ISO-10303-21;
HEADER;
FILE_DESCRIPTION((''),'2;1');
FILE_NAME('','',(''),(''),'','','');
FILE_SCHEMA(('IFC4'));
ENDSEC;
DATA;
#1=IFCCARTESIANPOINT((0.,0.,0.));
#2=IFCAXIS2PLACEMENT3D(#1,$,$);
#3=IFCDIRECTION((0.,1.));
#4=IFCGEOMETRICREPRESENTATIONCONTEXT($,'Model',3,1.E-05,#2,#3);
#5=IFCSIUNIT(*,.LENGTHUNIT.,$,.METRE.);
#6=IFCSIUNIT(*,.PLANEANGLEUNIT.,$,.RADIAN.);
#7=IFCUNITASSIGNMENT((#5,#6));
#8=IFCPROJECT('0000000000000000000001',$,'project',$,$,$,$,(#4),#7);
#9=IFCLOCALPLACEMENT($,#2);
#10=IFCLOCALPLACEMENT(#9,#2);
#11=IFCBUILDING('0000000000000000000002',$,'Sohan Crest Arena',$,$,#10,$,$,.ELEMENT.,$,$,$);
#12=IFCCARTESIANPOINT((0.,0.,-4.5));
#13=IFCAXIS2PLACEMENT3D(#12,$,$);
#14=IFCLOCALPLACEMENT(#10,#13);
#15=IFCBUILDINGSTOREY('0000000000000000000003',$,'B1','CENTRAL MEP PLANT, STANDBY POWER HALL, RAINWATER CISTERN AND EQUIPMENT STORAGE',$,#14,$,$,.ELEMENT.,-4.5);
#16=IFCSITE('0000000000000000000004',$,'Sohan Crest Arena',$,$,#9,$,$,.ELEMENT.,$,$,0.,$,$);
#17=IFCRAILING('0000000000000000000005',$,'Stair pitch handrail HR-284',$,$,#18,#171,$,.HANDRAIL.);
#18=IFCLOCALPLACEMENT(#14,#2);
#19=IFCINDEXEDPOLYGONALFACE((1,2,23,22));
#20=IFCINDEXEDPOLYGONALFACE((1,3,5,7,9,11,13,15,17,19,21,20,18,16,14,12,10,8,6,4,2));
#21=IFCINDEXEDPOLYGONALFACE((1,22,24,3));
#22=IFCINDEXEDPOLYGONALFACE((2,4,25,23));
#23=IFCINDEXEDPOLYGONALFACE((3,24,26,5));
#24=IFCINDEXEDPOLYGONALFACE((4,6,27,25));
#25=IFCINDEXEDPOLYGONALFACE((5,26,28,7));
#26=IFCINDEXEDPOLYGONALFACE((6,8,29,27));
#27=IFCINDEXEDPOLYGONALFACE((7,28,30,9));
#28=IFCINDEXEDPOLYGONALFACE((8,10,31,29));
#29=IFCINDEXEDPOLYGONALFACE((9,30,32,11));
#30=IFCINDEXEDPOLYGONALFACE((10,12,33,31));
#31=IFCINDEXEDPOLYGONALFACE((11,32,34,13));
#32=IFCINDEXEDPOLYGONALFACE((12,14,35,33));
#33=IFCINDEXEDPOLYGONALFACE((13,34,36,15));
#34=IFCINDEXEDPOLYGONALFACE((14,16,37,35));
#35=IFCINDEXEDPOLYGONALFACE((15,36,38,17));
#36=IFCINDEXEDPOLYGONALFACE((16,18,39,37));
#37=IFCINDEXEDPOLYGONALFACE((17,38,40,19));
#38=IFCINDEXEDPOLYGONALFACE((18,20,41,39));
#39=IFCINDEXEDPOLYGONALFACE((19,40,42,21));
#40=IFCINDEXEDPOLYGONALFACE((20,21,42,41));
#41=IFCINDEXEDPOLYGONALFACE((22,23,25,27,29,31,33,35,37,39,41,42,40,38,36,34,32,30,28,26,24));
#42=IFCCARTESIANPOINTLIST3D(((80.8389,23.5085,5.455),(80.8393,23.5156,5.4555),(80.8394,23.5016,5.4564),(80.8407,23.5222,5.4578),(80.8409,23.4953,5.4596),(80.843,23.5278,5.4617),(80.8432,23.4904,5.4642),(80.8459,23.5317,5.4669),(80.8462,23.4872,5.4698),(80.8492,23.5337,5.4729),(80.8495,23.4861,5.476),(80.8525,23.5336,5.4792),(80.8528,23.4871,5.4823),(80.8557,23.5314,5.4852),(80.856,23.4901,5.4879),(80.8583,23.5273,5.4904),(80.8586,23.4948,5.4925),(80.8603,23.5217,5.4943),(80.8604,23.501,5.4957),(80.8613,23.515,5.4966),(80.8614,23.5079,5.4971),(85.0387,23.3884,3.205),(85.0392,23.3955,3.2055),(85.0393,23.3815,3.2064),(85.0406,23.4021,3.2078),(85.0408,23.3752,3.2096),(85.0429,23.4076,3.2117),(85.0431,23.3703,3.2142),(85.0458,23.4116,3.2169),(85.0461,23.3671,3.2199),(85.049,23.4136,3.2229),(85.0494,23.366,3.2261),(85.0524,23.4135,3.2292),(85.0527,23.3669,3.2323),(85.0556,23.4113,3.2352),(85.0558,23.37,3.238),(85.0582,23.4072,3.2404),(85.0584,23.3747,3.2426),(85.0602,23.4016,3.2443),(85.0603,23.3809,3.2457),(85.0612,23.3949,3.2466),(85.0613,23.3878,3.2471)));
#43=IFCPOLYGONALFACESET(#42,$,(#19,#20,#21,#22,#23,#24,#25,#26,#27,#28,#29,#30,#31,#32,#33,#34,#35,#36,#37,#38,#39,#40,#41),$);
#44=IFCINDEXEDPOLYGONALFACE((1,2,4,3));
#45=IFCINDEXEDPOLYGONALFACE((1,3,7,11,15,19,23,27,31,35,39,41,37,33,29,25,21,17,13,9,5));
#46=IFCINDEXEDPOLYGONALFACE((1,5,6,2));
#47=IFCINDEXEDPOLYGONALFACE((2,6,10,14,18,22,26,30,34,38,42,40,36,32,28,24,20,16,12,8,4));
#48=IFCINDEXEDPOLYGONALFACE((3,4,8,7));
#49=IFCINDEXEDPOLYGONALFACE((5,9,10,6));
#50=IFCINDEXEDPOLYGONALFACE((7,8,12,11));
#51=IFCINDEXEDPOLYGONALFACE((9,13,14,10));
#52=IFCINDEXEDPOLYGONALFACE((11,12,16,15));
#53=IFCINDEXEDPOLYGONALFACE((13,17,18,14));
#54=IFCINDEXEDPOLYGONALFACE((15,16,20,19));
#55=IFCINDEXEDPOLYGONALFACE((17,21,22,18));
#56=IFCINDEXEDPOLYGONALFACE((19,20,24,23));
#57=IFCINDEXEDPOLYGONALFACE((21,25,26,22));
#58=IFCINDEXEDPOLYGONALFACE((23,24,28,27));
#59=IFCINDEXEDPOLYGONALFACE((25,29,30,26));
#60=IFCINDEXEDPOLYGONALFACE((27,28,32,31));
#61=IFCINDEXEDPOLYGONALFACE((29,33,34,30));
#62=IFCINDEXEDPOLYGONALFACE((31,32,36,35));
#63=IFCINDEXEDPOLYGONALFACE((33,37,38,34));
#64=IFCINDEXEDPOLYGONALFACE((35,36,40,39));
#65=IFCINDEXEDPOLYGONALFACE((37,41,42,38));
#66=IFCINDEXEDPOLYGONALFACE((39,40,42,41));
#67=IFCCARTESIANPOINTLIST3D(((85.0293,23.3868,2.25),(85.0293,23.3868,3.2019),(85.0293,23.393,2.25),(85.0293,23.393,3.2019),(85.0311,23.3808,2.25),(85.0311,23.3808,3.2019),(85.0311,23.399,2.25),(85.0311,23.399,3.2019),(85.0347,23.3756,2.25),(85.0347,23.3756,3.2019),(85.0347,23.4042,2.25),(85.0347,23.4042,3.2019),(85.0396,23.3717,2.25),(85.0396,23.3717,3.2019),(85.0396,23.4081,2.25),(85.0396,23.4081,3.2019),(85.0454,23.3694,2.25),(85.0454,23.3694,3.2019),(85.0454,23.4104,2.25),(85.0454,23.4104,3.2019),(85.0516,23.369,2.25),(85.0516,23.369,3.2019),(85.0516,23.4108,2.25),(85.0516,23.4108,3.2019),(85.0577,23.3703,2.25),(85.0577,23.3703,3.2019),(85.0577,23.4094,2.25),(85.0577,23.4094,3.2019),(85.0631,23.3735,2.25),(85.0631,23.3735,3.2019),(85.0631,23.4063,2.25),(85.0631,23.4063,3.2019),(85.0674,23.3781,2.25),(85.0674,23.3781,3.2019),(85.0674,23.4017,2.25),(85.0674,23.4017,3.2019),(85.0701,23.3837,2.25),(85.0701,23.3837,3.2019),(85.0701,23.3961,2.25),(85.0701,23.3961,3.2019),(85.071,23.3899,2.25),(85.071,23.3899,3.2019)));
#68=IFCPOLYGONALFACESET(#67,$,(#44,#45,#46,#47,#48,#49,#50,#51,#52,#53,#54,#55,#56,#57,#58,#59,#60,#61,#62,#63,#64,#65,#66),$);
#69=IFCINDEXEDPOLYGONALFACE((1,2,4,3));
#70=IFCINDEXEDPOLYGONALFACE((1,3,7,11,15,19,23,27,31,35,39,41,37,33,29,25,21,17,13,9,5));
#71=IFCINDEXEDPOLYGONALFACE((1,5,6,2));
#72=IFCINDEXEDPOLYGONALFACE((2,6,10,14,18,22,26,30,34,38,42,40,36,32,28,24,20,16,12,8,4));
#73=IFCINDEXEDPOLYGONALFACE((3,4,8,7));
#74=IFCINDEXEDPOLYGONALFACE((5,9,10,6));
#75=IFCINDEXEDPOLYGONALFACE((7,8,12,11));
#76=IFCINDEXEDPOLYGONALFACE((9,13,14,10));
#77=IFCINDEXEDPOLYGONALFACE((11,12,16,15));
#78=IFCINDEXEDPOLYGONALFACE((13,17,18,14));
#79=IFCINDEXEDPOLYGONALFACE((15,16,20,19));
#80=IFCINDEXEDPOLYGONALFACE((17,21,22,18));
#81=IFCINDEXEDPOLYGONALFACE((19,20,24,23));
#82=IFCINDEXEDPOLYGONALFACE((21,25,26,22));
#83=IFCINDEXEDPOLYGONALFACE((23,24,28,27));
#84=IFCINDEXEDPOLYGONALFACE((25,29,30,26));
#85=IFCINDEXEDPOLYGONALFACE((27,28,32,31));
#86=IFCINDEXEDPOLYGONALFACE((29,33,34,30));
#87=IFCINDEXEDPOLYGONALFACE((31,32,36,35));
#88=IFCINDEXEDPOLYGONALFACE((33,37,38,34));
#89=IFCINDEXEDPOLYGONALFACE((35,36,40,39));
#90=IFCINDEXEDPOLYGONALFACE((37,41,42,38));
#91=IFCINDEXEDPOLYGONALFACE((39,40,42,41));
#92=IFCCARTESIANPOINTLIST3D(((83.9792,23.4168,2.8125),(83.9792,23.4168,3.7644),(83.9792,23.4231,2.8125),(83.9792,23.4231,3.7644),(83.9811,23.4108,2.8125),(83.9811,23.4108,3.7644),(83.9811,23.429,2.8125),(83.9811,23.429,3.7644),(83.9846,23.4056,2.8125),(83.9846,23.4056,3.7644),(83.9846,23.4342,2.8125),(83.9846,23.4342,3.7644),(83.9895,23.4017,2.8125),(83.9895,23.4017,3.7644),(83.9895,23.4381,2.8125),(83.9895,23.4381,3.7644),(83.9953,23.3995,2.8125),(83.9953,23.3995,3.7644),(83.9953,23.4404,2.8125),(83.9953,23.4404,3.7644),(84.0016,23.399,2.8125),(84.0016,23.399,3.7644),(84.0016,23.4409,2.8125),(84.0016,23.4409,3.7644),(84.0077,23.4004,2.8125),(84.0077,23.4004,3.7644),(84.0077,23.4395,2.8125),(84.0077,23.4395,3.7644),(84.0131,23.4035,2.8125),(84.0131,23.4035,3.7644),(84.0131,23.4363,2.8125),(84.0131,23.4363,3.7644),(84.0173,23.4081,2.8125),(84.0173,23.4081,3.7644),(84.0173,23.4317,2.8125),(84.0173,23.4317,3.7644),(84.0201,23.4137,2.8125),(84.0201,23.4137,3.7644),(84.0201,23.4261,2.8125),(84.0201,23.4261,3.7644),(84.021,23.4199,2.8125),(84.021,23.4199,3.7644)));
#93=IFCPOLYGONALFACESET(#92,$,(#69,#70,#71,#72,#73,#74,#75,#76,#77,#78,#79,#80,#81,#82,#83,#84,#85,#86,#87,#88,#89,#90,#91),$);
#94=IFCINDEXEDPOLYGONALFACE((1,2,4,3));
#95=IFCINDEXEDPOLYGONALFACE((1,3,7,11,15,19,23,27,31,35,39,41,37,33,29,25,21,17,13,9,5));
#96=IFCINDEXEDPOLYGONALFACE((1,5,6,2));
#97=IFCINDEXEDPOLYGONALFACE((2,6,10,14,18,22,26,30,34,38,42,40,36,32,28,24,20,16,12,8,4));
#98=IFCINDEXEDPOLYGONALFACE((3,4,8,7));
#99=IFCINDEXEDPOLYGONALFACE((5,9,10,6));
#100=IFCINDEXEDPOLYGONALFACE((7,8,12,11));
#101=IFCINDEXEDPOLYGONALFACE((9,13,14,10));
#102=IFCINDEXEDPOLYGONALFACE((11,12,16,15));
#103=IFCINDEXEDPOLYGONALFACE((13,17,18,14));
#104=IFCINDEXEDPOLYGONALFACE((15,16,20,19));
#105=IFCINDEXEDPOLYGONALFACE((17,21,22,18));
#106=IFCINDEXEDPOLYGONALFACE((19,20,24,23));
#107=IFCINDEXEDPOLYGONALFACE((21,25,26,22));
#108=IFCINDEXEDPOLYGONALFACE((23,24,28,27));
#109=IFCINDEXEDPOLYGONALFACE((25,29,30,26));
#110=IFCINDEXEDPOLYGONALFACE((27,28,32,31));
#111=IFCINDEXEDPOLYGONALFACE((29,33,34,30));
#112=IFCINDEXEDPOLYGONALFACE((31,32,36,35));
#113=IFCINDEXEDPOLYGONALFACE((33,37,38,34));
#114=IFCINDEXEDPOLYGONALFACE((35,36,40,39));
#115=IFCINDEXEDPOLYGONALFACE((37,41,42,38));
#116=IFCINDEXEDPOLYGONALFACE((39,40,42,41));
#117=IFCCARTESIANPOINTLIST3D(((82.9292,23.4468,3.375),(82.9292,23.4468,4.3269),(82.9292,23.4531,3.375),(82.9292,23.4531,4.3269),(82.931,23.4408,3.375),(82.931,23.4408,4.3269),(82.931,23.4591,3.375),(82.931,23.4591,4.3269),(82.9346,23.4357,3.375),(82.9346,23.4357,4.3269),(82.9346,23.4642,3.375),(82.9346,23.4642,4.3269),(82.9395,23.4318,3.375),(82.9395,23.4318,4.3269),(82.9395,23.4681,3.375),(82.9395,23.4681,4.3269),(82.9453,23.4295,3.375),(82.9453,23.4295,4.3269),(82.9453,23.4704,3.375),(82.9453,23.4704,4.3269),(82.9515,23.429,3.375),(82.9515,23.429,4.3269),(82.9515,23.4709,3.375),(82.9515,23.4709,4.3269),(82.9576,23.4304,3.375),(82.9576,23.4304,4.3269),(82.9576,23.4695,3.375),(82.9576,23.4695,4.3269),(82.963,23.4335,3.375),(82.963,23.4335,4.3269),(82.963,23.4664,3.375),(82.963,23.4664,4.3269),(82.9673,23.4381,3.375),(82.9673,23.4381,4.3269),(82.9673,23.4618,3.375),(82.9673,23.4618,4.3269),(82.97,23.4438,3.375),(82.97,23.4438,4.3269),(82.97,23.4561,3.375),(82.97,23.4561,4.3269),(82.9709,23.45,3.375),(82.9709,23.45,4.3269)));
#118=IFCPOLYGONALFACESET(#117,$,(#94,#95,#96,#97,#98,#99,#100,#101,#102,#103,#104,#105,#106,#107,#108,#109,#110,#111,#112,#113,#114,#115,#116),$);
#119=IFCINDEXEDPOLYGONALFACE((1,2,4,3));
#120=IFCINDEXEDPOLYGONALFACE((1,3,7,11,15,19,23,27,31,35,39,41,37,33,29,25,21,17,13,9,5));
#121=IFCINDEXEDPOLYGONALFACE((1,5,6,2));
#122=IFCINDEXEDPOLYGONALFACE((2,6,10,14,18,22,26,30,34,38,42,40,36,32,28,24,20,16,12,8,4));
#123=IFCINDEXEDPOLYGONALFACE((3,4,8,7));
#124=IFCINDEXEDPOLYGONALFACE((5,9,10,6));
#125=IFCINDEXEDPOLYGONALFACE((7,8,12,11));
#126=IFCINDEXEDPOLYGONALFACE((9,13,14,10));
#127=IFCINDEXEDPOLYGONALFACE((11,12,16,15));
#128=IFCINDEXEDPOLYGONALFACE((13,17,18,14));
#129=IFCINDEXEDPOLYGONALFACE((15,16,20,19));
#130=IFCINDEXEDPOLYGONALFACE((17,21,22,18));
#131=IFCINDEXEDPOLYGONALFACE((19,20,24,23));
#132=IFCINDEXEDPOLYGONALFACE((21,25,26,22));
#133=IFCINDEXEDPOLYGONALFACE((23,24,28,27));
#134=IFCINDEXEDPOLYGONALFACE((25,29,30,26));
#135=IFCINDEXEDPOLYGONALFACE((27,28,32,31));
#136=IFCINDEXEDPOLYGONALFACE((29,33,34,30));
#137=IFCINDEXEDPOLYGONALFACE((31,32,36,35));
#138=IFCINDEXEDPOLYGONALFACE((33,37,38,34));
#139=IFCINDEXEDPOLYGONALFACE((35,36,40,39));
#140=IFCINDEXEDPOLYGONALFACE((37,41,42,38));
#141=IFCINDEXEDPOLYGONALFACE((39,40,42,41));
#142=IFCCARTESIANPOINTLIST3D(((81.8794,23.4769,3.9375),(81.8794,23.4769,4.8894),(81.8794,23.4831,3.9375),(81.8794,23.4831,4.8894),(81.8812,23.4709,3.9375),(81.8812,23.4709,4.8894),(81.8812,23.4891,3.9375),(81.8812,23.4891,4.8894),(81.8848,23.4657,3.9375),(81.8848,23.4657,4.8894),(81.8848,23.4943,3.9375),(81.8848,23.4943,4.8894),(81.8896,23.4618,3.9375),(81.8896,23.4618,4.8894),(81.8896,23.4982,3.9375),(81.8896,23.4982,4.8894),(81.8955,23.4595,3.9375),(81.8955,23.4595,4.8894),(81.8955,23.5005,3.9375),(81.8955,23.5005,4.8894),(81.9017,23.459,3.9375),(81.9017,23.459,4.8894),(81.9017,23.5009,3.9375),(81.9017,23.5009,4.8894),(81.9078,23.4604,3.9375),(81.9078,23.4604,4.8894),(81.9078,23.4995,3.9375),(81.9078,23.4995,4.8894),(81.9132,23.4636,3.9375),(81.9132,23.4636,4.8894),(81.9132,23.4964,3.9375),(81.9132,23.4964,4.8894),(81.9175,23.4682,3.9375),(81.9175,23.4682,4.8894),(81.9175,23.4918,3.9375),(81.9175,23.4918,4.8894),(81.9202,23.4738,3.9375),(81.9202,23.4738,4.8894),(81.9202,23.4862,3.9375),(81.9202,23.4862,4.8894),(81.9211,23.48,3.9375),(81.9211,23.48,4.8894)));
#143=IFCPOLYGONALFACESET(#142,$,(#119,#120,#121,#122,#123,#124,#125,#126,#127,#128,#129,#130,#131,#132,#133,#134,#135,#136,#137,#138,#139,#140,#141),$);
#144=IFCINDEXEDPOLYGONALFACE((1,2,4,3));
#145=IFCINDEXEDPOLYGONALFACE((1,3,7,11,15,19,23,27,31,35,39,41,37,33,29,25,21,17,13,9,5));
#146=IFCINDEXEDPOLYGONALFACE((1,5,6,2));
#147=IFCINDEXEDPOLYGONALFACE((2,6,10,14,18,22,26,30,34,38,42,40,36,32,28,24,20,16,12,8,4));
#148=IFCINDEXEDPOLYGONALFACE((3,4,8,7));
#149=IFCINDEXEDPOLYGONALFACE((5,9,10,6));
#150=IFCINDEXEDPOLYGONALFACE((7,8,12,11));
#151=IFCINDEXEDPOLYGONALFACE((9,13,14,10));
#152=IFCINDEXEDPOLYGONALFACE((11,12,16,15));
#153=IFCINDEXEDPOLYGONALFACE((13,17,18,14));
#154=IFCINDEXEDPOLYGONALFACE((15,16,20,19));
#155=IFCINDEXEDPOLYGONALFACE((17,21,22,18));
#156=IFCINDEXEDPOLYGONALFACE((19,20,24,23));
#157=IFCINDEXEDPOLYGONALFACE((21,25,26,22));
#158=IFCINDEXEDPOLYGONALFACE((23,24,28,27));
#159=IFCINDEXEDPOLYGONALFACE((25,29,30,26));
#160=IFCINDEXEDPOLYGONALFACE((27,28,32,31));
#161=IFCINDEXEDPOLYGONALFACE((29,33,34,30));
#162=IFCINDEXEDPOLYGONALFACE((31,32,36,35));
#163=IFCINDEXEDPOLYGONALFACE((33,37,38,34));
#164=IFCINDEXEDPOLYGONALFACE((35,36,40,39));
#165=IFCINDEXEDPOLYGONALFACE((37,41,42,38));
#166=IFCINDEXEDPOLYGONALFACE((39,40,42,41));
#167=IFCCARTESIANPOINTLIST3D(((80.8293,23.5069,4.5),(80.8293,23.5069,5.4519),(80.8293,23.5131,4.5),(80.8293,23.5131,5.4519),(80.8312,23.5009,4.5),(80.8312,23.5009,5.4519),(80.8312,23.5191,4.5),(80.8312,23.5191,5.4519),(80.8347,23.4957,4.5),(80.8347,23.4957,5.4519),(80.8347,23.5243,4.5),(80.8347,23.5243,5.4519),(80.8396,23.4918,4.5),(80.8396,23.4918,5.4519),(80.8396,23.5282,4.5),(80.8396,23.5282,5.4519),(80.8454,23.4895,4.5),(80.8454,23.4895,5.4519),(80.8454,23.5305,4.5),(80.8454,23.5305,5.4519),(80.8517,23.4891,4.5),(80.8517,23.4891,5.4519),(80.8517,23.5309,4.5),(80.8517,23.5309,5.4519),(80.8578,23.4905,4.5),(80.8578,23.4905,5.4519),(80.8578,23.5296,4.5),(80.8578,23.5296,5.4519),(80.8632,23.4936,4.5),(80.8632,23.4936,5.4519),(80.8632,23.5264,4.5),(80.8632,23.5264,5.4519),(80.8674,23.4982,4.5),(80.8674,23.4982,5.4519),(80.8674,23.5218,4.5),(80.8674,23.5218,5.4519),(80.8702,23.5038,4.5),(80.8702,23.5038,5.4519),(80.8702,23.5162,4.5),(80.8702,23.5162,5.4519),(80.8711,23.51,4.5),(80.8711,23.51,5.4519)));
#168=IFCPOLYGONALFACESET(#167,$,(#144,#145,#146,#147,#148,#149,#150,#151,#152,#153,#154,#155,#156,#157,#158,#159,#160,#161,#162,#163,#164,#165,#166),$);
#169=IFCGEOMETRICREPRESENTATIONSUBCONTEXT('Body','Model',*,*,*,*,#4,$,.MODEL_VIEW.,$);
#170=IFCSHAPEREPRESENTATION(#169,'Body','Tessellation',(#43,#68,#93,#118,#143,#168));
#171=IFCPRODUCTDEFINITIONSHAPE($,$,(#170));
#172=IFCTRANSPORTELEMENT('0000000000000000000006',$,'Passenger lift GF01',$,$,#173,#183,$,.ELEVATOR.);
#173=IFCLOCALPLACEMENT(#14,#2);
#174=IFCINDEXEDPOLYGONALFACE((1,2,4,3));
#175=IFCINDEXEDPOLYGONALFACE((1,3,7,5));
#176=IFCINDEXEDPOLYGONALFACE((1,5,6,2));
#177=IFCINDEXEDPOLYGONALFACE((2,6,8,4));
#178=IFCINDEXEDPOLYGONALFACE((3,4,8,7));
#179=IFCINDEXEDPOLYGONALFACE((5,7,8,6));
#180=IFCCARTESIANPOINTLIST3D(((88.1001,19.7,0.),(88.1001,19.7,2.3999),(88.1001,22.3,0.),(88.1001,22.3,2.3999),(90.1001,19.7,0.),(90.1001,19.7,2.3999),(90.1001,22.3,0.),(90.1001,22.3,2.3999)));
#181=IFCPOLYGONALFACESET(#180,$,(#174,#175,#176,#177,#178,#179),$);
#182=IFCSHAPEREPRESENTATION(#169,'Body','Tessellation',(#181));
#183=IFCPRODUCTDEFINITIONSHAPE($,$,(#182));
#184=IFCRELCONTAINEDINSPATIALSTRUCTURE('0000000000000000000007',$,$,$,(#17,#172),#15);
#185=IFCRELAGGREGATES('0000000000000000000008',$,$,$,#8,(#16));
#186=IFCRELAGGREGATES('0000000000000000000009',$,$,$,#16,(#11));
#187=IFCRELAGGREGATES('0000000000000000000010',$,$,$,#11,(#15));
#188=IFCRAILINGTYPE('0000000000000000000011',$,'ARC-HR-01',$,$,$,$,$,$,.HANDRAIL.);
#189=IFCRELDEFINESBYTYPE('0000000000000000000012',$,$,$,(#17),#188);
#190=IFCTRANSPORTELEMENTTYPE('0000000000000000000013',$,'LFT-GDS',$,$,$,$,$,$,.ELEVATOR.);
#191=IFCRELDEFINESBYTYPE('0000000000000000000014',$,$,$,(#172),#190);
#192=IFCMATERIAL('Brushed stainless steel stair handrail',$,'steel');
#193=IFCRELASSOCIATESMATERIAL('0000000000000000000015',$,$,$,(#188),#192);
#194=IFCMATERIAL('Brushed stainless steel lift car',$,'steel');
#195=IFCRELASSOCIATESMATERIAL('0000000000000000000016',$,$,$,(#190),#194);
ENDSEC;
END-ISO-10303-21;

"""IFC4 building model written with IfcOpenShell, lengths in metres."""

from ifc_helpers import new_model, si_unit, direction, frame, origin, origin_2d, place, context, subcontext, project, spatial, rectangle, circle, extrude, material, type_object, element, save


model = new_model("IFC4")

# Units and contexts
model_context = context("Model", 3, precision=1e-05, world=origin(), true_north=direction((0.0, 1.0)))
body_context = subcontext(model_context, "Body", "Model", "MODEL_VIEW")
ifc_project = project(units=[si_unit("LENGTHUNIT", "METRE"), si_unit("PLANEANGLEUNIT", "RADIAN")], contexts=[model_context])

# Site, building, storey
site_placement = place(None, origin())
site = spatial("IfcSite", under=ifc_project, at=site_placement, Name="Sohan Crest Arena", CompositionType="ELEMENT", RefElevation=0.0)
building_placement = place(site_placement, origin())
building = spatial("IfcBuilding", under=site, at=building_placement, Name="Sohan Crest Arena", CompositionType="ELEMENT")
storey_placement = place(building_placement, frame((0.0, 0.0, -4.5)))
storey = spatial("IfcBuildingStorey", under=building, at=storey_placement, Name="B1", Description="CENTRAL MEP PLANT, STANDBY POWER HALL, RAINWATER CISTERN AND EQUIPMENT STORAGE", CompositionType="ELEMENT", Elevation=-4.5)

# Railing
ifc_material_1 = material(Name="Brushed stainless steel stair handrail", Category="steel")
railing_type_1 = type_object("IfcRailingType", Name="ARC-HR-01", PredefinedType="HANDRAIL", material=ifc_material_1)
railing_1_placement = place(storey_placement, frame((85.05, 23.3899, 2.25)))
element("IfcRailing", 1, at=railing_1_placement, inside=storey, type_object=railing_type_1, Name="Stair pitch handrail HR-284", PredefinedType="HANDRAIL", context=body_context, shape_type="SweptSolid", body=[
    extrude(circle(Radius=0.0239, at=origin_2d()), frame((0.0, 0.0, 0.9761), z_axis=(-0.881198, 0.025202, 0.472076), x_axis=(-0.028588, -0.999591, 0.0)), (0.0, 0.0, 1.0), 4.7661),
    extrude(circle(Radius=0.021, at=origin_2d()), origin(), (0.0, 0.0, 1.0), 0.9519),
    extrude(circle(Radius=0.021, at=origin_2d()), frame((-1.05, 0.03, 0.5625)), (0.0, 0.0, 1.0), 0.9519),
    extrude(circle(Radius=0.021, at=origin_2d()), frame((-2.1001, 0.0601, 1.125)), (0.0, 0.0, 1.0), 0.9519),
    extrude(circle(Radius=0.021, at=origin_2d()), frame((-3.1499, 0.0901, 1.6875)), (0.0, 0.0, 1.0), 0.9519),
    extrude(circle(Radius=0.021, at=origin_2d()), frame((-4.2, 0.1201, 2.25)), (0.0, 0.0, 1.0), 0.9519),
])

# Transport element
ifc_material_2 = material(Name="Brushed stainless steel lift car", Category="steel")
transport_element_type = type_object("IfcTransportElementType", Name="LFT-GDS", PredefinedType="ELEVATOR", material=ifc_material_2)
transport_element_placement = place(storey_placement, frame((89.1001, 21.0, 0.0), z_axis=(0.0, 0.0, 1.0), x_axis=(1.0, 0.0, 0.0)))
element("IfcTransportElement", 2, at=transport_element_placement, inside=storey, type_object=transport_element_type, Name="Passenger lift GF01", PredefinedType="ELEVATOR", context=body_context, shape_type="SweptSolid", body=[
    extrude(rectangle(XDim=2.0, YDim=2.6001, at=origin_2d()), origin(), (0.0, 0.0, 1.0), 2.3999),
])

save(model, "model.ifc")
